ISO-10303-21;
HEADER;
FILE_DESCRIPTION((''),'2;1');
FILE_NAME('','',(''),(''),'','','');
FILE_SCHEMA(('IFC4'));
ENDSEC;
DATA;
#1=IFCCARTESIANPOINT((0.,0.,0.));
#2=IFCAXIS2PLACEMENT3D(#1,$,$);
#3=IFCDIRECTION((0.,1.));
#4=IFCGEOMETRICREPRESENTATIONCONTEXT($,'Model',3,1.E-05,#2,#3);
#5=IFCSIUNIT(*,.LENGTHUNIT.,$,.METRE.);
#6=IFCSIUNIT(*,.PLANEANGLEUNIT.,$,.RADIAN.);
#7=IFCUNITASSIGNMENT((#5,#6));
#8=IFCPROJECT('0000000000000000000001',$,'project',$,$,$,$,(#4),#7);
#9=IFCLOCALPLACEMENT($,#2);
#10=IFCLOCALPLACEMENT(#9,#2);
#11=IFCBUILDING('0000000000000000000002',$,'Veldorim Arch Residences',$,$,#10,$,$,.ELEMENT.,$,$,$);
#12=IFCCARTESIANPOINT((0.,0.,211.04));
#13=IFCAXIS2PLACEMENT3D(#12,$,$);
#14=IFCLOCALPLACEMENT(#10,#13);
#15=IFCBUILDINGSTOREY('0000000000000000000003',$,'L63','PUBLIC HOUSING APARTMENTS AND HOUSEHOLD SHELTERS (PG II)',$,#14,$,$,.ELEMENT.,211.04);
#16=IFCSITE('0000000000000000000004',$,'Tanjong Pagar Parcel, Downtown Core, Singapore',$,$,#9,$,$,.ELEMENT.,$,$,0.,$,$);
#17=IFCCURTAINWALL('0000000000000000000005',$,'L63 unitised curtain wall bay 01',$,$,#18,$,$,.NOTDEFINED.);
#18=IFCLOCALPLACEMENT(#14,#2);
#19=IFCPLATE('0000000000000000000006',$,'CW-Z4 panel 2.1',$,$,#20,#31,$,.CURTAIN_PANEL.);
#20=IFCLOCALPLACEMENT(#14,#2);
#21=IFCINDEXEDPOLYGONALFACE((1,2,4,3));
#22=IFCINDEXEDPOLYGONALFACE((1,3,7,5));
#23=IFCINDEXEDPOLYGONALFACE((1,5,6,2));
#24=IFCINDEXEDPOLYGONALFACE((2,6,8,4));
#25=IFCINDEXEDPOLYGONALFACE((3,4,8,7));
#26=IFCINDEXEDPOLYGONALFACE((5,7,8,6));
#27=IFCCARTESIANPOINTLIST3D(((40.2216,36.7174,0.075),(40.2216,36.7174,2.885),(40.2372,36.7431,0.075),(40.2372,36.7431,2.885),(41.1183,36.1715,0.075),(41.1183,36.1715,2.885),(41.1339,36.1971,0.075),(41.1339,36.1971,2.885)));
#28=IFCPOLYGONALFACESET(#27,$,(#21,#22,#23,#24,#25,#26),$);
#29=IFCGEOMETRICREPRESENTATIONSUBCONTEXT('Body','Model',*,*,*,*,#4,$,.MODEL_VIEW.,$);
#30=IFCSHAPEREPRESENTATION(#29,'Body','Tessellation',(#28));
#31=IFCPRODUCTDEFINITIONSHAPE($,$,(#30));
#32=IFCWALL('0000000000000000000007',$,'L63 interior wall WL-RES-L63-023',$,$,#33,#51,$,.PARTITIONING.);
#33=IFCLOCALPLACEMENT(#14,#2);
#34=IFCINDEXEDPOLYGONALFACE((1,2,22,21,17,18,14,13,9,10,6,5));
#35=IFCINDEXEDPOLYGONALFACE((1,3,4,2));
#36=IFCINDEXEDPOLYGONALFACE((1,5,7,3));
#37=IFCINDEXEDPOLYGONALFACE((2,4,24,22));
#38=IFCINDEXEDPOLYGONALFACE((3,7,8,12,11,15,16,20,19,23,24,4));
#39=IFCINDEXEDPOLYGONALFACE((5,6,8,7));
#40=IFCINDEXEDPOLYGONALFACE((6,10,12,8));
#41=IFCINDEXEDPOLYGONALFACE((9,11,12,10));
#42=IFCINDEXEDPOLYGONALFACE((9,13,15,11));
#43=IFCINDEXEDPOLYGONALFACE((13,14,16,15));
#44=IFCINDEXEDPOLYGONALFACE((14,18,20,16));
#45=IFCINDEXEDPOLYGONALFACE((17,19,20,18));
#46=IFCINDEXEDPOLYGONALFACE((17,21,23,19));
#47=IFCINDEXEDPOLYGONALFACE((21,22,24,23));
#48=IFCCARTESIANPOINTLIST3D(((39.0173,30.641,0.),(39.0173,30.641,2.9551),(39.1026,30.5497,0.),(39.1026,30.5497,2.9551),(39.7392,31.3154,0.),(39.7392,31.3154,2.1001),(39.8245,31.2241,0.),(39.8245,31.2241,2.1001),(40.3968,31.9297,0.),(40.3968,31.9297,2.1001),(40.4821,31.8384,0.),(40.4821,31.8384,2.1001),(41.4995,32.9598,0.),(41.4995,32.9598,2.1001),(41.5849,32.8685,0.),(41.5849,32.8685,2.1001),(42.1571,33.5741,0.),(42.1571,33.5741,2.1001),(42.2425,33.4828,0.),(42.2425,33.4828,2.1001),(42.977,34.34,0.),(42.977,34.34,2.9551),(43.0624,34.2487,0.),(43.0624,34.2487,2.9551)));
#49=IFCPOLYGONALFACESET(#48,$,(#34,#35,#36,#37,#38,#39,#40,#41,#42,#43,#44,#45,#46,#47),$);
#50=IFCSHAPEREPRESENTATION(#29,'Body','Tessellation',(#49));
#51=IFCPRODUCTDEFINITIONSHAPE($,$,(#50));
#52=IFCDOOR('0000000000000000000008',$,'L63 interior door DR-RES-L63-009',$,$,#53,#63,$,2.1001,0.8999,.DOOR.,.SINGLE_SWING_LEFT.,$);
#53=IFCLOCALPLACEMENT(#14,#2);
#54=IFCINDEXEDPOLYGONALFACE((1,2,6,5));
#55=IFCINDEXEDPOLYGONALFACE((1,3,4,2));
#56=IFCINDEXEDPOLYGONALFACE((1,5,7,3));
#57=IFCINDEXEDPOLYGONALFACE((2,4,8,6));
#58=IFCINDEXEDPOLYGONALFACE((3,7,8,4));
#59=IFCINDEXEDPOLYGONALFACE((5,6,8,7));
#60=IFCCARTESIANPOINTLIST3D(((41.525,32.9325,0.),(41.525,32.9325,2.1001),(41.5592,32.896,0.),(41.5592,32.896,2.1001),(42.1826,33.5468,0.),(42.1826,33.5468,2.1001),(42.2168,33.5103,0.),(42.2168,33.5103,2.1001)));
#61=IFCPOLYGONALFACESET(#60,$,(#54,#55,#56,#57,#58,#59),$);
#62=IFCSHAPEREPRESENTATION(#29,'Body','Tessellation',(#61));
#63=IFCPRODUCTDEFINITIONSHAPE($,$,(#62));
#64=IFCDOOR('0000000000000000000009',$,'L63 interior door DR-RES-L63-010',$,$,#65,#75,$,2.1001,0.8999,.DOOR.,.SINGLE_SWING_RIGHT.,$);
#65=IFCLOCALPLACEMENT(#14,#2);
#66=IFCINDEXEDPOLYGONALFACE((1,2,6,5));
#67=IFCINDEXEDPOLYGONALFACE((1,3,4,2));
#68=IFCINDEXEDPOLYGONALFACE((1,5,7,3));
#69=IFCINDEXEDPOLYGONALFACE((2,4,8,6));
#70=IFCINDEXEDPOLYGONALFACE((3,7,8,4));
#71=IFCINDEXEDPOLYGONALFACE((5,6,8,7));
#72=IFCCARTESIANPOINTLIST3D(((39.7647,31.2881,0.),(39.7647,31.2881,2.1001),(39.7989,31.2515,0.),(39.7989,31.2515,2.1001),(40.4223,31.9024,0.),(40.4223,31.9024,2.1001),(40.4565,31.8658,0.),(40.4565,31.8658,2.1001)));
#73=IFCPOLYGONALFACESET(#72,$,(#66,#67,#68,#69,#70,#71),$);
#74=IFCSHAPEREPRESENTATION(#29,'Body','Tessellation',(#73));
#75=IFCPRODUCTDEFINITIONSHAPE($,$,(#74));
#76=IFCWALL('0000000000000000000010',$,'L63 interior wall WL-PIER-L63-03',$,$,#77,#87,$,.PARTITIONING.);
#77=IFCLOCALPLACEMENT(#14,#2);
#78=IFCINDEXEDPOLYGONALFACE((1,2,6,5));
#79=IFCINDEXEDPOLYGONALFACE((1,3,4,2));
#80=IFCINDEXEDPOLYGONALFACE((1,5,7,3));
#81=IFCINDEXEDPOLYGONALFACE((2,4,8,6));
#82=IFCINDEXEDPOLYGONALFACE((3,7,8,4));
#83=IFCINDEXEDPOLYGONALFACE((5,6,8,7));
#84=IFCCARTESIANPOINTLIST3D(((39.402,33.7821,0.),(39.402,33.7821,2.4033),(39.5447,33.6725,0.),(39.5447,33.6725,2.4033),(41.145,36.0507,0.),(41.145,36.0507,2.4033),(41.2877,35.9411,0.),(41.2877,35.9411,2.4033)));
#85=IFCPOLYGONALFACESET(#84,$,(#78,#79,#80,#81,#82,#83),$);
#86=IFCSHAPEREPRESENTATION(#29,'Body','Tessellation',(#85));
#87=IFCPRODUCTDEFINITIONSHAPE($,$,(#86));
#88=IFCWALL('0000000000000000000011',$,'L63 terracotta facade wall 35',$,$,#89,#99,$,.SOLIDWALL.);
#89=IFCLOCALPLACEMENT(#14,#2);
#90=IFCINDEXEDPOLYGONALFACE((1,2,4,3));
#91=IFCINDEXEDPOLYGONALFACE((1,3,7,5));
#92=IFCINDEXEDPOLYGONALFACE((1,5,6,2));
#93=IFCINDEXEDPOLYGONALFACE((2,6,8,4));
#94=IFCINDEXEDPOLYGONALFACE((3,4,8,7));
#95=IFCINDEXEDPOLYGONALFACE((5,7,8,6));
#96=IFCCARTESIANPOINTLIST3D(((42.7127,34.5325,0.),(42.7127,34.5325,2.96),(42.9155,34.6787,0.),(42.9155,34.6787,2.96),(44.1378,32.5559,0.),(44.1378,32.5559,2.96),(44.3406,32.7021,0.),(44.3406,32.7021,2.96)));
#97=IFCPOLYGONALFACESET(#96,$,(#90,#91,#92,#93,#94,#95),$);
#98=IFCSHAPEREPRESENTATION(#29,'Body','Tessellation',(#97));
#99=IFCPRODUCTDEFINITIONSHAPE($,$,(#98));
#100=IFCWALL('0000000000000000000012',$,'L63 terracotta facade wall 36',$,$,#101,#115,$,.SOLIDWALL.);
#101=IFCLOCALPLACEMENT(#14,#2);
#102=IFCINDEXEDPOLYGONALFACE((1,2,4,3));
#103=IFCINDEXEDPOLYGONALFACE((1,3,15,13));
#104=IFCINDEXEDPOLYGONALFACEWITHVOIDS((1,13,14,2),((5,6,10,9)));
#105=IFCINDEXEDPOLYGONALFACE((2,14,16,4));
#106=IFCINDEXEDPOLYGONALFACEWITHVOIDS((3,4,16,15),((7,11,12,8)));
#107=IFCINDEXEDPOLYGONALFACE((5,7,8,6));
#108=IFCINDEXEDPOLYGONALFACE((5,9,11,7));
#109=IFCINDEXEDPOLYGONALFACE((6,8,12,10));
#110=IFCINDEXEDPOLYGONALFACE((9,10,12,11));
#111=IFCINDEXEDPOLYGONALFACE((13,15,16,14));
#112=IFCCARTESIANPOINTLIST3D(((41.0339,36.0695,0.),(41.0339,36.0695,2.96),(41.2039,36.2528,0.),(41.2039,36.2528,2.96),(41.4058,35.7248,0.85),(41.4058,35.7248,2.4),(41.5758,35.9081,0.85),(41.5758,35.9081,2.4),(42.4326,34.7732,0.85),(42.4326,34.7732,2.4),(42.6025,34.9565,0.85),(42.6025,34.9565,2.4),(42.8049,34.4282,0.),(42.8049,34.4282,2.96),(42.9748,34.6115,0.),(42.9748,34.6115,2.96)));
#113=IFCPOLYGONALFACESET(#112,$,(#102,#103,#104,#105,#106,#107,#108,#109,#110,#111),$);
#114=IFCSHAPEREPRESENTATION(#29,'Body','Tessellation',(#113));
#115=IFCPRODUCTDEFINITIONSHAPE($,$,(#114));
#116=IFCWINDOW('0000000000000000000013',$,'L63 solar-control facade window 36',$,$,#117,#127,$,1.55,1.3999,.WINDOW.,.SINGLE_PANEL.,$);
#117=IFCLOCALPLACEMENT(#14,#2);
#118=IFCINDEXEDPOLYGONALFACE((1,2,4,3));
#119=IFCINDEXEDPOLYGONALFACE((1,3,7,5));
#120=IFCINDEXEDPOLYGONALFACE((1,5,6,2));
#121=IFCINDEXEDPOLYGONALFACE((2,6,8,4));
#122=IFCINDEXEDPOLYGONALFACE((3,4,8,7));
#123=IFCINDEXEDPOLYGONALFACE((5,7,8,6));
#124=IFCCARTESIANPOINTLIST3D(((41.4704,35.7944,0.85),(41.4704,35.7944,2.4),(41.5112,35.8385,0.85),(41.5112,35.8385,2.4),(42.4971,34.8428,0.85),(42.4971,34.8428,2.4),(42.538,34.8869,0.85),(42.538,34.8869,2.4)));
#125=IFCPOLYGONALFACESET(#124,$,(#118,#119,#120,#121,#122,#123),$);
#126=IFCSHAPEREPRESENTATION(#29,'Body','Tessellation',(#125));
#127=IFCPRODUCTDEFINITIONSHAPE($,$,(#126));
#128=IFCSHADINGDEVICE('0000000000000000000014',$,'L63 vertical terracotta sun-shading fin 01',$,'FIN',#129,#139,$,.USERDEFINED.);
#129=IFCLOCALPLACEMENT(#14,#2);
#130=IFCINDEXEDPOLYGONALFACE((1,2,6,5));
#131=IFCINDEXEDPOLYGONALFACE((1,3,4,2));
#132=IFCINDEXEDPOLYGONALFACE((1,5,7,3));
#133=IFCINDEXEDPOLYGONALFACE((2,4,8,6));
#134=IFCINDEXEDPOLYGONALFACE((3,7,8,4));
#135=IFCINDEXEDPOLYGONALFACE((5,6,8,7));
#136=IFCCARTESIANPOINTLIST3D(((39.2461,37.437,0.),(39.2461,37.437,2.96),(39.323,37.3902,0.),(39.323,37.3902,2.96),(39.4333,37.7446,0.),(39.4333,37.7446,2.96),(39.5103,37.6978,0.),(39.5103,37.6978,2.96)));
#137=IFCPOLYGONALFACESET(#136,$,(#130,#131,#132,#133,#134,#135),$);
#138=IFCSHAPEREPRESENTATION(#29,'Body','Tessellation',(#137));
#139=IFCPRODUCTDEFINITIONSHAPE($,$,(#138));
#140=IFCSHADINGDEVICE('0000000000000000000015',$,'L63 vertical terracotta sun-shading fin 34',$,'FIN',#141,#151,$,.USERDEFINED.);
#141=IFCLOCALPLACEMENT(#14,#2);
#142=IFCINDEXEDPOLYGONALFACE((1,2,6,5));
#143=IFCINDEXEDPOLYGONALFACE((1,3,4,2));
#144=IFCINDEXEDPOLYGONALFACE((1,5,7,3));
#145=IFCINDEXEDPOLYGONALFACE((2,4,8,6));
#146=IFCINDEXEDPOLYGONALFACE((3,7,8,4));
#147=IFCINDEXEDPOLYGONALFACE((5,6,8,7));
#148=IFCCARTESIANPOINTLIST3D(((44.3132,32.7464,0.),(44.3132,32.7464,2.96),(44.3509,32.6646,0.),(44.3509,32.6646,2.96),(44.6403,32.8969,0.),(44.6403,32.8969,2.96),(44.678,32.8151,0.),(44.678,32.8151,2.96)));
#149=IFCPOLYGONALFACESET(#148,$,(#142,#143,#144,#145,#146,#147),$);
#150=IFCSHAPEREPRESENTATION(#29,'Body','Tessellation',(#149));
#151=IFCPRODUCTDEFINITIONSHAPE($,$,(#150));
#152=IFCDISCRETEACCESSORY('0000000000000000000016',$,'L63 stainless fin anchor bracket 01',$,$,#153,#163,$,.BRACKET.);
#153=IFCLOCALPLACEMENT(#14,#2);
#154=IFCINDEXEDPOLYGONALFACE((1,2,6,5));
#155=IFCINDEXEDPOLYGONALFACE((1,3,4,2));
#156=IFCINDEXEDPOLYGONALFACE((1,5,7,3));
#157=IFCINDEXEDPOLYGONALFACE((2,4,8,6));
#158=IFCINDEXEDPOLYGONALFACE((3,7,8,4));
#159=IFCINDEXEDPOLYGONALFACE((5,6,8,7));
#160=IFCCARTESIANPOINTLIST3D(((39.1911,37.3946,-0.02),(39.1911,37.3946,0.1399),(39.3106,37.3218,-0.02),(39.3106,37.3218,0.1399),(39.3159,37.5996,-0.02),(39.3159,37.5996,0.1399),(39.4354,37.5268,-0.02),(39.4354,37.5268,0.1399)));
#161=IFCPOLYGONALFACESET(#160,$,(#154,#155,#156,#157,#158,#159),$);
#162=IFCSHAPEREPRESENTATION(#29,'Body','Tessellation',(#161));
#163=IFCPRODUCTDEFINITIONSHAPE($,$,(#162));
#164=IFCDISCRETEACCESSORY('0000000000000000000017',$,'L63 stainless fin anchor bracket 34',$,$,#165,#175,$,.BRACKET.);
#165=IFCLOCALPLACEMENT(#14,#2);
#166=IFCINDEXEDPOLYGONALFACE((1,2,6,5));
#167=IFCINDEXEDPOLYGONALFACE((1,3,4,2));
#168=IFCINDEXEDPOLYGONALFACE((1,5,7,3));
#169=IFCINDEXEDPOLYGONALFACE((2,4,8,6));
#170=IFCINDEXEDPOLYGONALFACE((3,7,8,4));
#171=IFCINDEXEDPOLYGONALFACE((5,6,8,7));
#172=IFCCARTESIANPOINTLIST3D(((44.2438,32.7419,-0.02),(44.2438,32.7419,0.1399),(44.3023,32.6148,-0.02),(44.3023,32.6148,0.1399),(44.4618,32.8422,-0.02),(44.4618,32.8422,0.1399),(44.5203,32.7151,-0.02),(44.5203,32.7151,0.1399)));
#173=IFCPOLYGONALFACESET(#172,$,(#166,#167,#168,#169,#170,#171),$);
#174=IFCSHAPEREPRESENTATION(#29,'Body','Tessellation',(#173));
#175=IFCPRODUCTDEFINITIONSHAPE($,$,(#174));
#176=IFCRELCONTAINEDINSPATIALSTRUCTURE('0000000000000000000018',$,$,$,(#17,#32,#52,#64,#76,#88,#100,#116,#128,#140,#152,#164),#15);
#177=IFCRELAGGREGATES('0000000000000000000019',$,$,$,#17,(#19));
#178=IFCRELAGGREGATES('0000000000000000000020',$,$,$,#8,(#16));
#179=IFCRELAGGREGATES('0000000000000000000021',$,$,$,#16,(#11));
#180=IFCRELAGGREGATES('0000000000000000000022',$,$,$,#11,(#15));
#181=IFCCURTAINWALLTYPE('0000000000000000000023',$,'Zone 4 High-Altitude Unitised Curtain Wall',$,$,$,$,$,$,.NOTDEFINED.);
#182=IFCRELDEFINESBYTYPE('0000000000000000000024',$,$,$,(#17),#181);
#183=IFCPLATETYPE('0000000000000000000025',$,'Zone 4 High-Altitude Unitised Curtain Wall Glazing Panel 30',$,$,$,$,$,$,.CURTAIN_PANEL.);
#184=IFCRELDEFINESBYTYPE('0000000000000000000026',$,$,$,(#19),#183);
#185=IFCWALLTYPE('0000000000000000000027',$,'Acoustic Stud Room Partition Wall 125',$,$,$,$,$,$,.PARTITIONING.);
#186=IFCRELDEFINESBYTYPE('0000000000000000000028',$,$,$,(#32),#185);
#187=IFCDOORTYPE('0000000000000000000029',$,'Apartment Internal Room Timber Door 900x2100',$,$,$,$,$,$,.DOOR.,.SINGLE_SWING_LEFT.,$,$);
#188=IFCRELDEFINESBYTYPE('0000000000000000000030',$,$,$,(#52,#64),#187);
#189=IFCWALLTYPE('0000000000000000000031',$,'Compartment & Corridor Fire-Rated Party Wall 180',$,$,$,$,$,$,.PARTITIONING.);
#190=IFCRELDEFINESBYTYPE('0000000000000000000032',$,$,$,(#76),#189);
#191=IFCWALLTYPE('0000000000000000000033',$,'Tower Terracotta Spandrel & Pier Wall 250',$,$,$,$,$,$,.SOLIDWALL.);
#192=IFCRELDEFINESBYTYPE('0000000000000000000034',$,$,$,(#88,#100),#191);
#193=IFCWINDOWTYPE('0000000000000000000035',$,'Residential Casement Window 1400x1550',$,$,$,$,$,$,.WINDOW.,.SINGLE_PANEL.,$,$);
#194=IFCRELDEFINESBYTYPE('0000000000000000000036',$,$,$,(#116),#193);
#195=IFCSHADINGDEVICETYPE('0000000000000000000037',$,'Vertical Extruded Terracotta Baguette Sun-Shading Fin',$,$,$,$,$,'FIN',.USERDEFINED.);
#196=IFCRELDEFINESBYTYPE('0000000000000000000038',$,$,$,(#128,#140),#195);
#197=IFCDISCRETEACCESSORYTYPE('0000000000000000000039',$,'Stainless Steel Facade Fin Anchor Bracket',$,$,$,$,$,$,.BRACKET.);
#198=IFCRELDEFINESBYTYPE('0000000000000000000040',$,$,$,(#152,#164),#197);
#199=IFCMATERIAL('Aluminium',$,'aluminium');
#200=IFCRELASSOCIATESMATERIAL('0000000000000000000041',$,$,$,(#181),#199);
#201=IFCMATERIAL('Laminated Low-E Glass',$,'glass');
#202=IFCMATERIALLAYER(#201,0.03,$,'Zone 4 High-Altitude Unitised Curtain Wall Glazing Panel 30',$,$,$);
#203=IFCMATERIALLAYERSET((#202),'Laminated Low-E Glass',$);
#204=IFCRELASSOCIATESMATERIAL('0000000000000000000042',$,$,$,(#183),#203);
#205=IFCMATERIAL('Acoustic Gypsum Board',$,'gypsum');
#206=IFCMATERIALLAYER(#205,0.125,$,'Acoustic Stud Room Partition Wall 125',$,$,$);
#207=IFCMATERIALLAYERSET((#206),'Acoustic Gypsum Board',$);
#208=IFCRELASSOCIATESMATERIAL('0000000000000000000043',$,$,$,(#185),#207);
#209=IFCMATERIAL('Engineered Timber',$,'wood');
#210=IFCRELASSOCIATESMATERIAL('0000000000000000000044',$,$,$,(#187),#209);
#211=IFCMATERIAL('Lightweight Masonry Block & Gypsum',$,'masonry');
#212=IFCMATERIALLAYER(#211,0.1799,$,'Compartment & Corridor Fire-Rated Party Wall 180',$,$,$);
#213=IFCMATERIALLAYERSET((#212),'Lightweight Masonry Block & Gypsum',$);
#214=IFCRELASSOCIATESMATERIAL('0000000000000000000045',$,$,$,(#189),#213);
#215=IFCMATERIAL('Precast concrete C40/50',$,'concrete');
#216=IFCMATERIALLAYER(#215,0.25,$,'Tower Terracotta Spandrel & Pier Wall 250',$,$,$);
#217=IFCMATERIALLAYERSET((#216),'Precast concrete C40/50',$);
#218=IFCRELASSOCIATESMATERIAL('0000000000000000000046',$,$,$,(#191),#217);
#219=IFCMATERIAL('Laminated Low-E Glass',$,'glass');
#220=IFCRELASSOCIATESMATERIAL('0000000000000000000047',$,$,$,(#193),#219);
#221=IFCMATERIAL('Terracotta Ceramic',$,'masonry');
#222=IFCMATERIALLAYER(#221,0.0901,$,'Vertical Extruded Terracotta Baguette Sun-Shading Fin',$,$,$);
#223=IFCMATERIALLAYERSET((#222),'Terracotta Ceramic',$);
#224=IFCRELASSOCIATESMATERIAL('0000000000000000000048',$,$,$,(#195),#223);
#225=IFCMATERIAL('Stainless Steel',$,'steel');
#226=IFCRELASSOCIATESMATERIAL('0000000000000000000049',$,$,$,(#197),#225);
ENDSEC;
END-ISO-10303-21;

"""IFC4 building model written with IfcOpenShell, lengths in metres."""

from ifc_helpers import new_model, si_unit, direction, frame, frame_2d, origin, origin_2d, place, context, subcontext, project, spatial, rectangle, extrude, material, layer, layer_set, type_object, element, fill, aggregate, save


model = new_model("IFC4")

# Units and contexts
model_context = context("Model", 3, precision=1e-05, world=origin(), true_north=direction((0.0, 1.0)))
body_context = subcontext(model_context, "Body", "Model", "MODEL_VIEW")
ifc_project = project(units=[si_unit("LENGTHUNIT", "METRE"), si_unit("PLANEANGLEUNIT", "RADIAN")], contexts=[model_context])

# Site, building, storey
site_placement = place(None, origin())
site = spatial("IfcSite", under=ifc_project, at=site_placement, Name="Tanjong Pagar Parcel, Downtown Core, Singapore", CompositionType="ELEMENT", RefElevation=0.0)
building_placement = place(site_placement, origin())
building = spatial("IfcBuilding", under=site, at=building_placement, Name="Veldorim Arch Residences", CompositionType="ELEMENT")
storey_placement = place(building_placement, frame((0.0, 0.0, 211.04)))
storey = spatial("IfcBuildingStorey", under=building, at=storey_placement, Name="L63", Description="PUBLIC HOUSING APARTMENTS AND HOUSEHOLD SHELTERS (PG II)", CompositionType="ELEMENT", Elevation=211.04)

# Curtain wall
ifc_material_1 = material(Name="Aluminium", Category="aluminium")
curtain_wall_type = type_object("IfcCurtainWallType", Name="Zone 4 High-Altitude Unitised Curtain Wall", PredefinedType="NOTDEFINED", material=ifc_material_1)
curtain_wall_1_placement = place(storey_placement, origin())
curtain_wall_1 = element("IfcCurtainWall", 1, at=curtain_wall_1_placement, inside=storey, type_object=curtain_wall_type, Name="L63 unitised curtain wall bay 01", PredefinedType="NOTDEFINED")

# Plate
ifc_material_2 = material(Name="Laminated Low-E Glass", Category="glass")
ifc_layer_1 = layer(ifc_material_2, 0.03, Name="Zone 4 High-Altitude Unitised Curtain Wall Glazing Panel 30")
ifc_layer_set_1 = layer_set([ifc_layer_1], Name="Laminated Low-E Glass")
plate_type = type_object("IfcPlateType", Name="Zone 4 High-Altitude Unitised Curtain Wall Glazing Panel 30", PredefinedType="CURTAIN_PANEL", material=ifc_layer_set_1)
plate_1_placement = place(storey_placement, frame((40.6777, 36.4573, 0.075), z_axis=(0.0, 0.0, 1.0), x_axis=(0.854146, -0.520033, 0.0)))
plate_1 = element("IfcPlate", 2, at=plate_1_placement, type_object=plate_type, Name="CW-Z4 panel 2.1", PredefinedType="CURTAIN_PANEL", context=body_context, shape_type="SweptSolid", body=[
    extrude(rectangle(XDim=1.0498, YDim=0.03, at=origin_2d()), origin(), (0.0, 0.0, 1.0), 2.8101),
])
aggregate(curtain_wall_1, [plate_1])

# Wall, openings, doors
ifc_material_3 = material(Name="Acoustic Gypsum Board", Category="gypsum")
ifc_layer_2 = layer(ifc_material_3, 0.125, Name="Acoustic Stud Room Partition Wall 125")
ifc_layer_set_2 = layer_set([ifc_layer_2], Name="Acoustic Gypsum Board")
wall_type_1 = type_object("IfcWallType", Name="Acoustic Stud Room Partition Wall 125", PredefinedType="PARTITIONING", material=ifc_layer_set_2)
wall_1_placement = place(storey_placement, frame((43.0198, 34.2944, 0.0), z_axis=(0.0, 0.0, 1.0), x_axis=(-0.730757, -0.682638, 0.0)))
wall_1 = element("IfcWall", 3, at=wall_1_placement, inside=storey, type_object=wall_type_1, Name="L63 interior wall WL-RES-L63-023", PredefinedType="PARTITIONING", context=body_context, shape_type="SweptSolid", body=[
    extrude(rectangle(XDim=5.4187, YDim=0.125, at=frame_2d((2.7095, 0.0))), origin(), (0.0, 0.0, 1.0), 2.9551),
])
opening_1_placement = place(wall_1_placement, frame((1.1221, 0.0, 0.0)))
opening_1 = element("IfcOpeningElement", 4, at=opening_1_placement, cuts=wall_1, PredefinedType="OPENING", context=body_context, shape_type="SweptSolid", body=[
    extrude(rectangle(XDim=0.8999, YDim=2.1001, at=frame_2d((0.45, 1.05))), frame((0.0, 0.0725, 0.0), z_axis=(0.0, -1.0, 0.0), x_axis=(1.0, 0.0, 0.0)), (0.0, 0.0, 1.0), 0.145),
])
opening_2_placement = place(wall_1_placement, frame((3.531, 0.0, 0.0)))
opening_2 = element("IfcOpeningElement", 5, at=opening_2_placement, cuts=wall_1, PredefinedType="OPENING", context=body_context, shape_type="SweptSolid", body=[
    extrude(rectangle(XDim=0.8999, YDim=2.1001, at=frame_2d((0.45, 1.05))), frame((0.0, 0.0725, 0.0), z_axis=(0.0, -1.0, 0.0), x_axis=(1.0, 0.0, 0.0)), (0.0, 0.0, 1.0), 0.145),
])
ifc_material_4 = material(Name="Engineered Timber", Category="wood")
door_type = type_object("IfcDoorType", Name="Apartment Internal Room Timber Door 900x2100", OperationType="SINGLE_SWING_LEFT", PredefinedType="DOOR", material=ifc_material_4)
door_1_placement = place(opening_1_placement, origin())
door_1 = element("IfcDoor", 6, at=door_1_placement, inside=storey, type_object=door_type, Name="L63 interior door DR-RES-L63-009", OperationType="SINGLE_SWING_LEFT", OverallHeight=2.1001, OverallWidth=0.8999, PredefinedType="DOOR", context=body_context, shape_type="SweptSolid", body=[
    extrude(rectangle(XDim=0.8999, YDim=2.1001, at=frame_2d((0.45, 1.05))), frame((0.0, 0.0249, 0.0), z_axis=(0.0, -1.0, 0.0), x_axis=(1.0, 0.0, 0.0)), (0.0, 0.0, 1.0), 0.05),
])
fill(opening_1, door_1)
door_2_placement = place(opening_2_placement, origin())
door_2 = element("IfcDoor", 7, at=door_2_placement, inside=storey, type_object=door_type, Name="L63 interior door DR-RES-L63-010", OperationType="SINGLE_SWING_RIGHT", OverallHeight=2.1001, OverallWidth=0.8999, PredefinedType="DOOR", context=body_context, shape_type="SweptSolid", body=[
    extrude(rectangle(XDim=0.8999, YDim=2.1001, at=frame_2d((0.45, 1.05))), frame((0.0, 0.0249, 0.0), z_axis=(0.0, -1.0, 0.0), x_axis=(1.0, 0.0, 0.0)), (0.0, 0.0, 1.0), 0.05),
])
fill(opening_2, door_2)

# Walls
ifc_material_5 = material(Name="Lightweight Masonry Block & Gypsum", Category="masonry")
ifc_layer_3 = layer(ifc_material_5, 0.1799, Name="Compartment & Corridor Fire-Rated Party Wall 180")
ifc_layer_set_3 = layer_set([ifc_layer_3], Name="Lightweight Masonry Block & Gypsum")
wall_type_2 = type_object("IfcWallType", Name="Compartment & Corridor Fire-Rated Party Wall 180", PredefinedType="PARTITIONING", material=ifc_layer_set_3)
wall_2_placement = place(storey_placement, frame((39.4734, 33.7273, 0.0), z_axis=(0.0, 0.0, 1.0), x_axis=(0.609245, 0.792982, 0.0)))
element("IfcWall", 8, at=wall_2_placement, inside=storey, type_object=wall_type_2, Name="L63 interior wall WL-PIER-L63-03", PredefinedType="PARTITIONING", context=body_context, shape_type="SweptSolid", body=[
    extrude(rectangle(XDim=2.8608, YDim=0.1799, at=frame_2d((1.4304, 0.0))), origin(), (0.0, 0.0, 1.0), 2.4033),
])
ifc_material_6 = material(Name="Precast concrete C40/50", Category="concrete")
ifc_layer_4 = layer(ifc_material_6, 0.25, Name="Tower Terracotta Spandrel & Pier Wall 250")
ifc_layer_set_4 = layer_set([ifc_layer_4], Name="Precast concrete C40/50")
wall_type_3 = type_object("IfcWallType", Name="Tower Terracotta Spandrel & Pier Wall 250", PredefinedType="SOLIDWALL", material=ifc_layer_set_4)
wall_3_placement = place(storey_placement, frame((42.8142, 34.6055, 0.0), z_axis=(0.0, 0.0, 1.0), x_axis=(0.584825, -0.81116, 0.0)))
element("IfcWall", 9, at=wall_3_placement, inside=storey, type_object=wall_type_3, Name="L63 terracotta facade wall 35", PredefinedType="SOLIDWALL", context=body_context, shape_type="SweptSolid", body=[
    extrude(rectangle(XDim=2.4368, YDim=0.25, at=frame_2d((1.2183, 0.0))), origin(), (0.0, 0.0, 1.0), 2.96),
])

# Wall, opening, window
wall_4_placement = place(storey_placement, frame((41.1189, 36.1611, 0.0), z_axis=(0.0, 0.0, 1.0), x_axis=(0.733441, -0.679753, 0.0)))
wall_4 = element("IfcWall", 10, at=wall_4_placement, inside=storey, type_object=wall_type_3, Name="L63 terracotta facade wall 36", PredefinedType="SOLIDWALL", context=body_context, shape_type="SweptSolid", body=[
    extrude(rectangle(XDim=2.4146, YDim=0.25, at=frame_2d((1.2073, 0.0))), origin(), (0.0, 0.0, 1.0), 2.96),
])
opening_3_placement = place(wall_4_placement, frame((0.5071, 0.0, 0.8501)))
opening_3 = element("IfcOpeningElement", 11, at=opening_3_placement, cuts=wall_4, PredefinedType="OPENING", context=body_context, shape_type="SweptSolid", body=[
    extrude(rectangle(XDim=1.3999, YDim=1.55, at=frame_2d((0.7, 0.7749))), frame((0.0, 0.135, 0.0), z_axis=(0.0, -1.0, 0.0), x_axis=(1.0, 0.0, 0.0)), (0.0, 0.0, 1.0), 0.27),
])
ifc_material_7 = material(Name="Laminated Low-E Glass", Category="glass")
window_type = type_object("IfcWindowType", Name="Residential Casement Window 1400x1550", PartitioningType="SINGLE_PANEL", PredefinedType="WINDOW", material=ifc_material_7)
window_placement = place(opening_3_placement, origin())
window = element("IfcWindow", 12, at=window_placement, inside=storey, type_object=window_type, Name="L63 solar-control facade window 36", OverallHeight=1.55, OverallWidth=1.3999, PartitioningType="SINGLE_PANEL", PredefinedType="WINDOW", context=body_context, shape_type="SweptSolid", body=[
    extrude(rectangle(XDim=1.3999, YDim=1.55, at=frame_2d((0.7, 0.7749))), frame((0.0, 0.03, 0.0), z_axis=(0.0, -1.0, 0.0), x_axis=(1.0, 0.0, 0.0)), (0.0, 0.0, 1.0), 0.0601),
])
fill(opening_3, window)

# Shading devices
ifc_material_8 = material(Name="Terracotta Ceramic", Category="masonry")
ifc_layer_5 = layer(ifc_material_8, 0.0901, Name="Vertical Extruded Terracotta Baguette Sun-Shading Fin")
ifc_layer_set_5 = layer_set([ifc_layer_5], Name="Terracotta Ceramic")
shading_device_type = type_object("IfcShadingDeviceType", Name="Vertical Extruded Terracotta Baguette Sun-Shading Fin", ElementType="FIN", PredefinedType="USERDEFINED", material=ifc_layer_set_5)
for number, where, z_axis, x_axis, name in (
    (13, (39.3782, 37.5674, 0.0), (0.0, 0.0, 1.0), (0.854187, -0.519966, 0.0), "L63 vertical terracotta sun-shading fin 01"),
    (14, (44.4956, 32.7808, 0.0), (0.0, 0.0, 1.0), (0.418026, -0.908435, 0.0), "L63 vertical terracotta sun-shading fin 34"),
):
    element("IfcShadingDevice", number, at=place(storey_placement, frame(where, z_axis=z_axis, x_axis=x_axis)), inside=storey, type_object=shading_device_type, Name=name, ObjectType="FIN", PredefinedType="USERDEFINED", context=body_context, shape_type="SweptSolid", body=[
        extrude(rectangle(XDim=0.0901, YDim=0.3601, at=origin_2d()), origin(), (0.0, 0.0, 1.0), 2.96),
    ])

# Discrete accessories
ifc_material_9 = material(Name="Stainless Steel", Category="steel")
discrete_accessory_type = type_object("IfcDiscreteAccessoryType", Name="Stainless Steel Facade Fin Anchor Bracket", PredefinedType="BRACKET", material=ifc_material_9)
for number, where, z_axis, x_axis, name in (
    (15, (39.3132, 37.4607, -0.02), (0.0, 0.0, 1.0), (0.854187, -0.519966, 0.0), "L63 stainless fin anchor bracket 01"),
    (16, (44.3821, 32.7285, -0.02), (0.0, 0.0, 1.0), (0.418026, -0.908435, 0.0), "L63 stainless fin anchor bracket 34"),
):
    element("IfcDiscreteAccessory", number, at=place(storey_placement, frame(where, z_axis=z_axis, x_axis=x_axis)), inside=storey, type_object=discrete_accessory_type, Name=name, PredefinedType="BRACKET", context=body_context, shape_type="SweptSolid", body=[
        extrude(rectangle(XDim=0.1399, YDim=0.24, at=origin_2d()), origin(), (0.0, 0.0, 1.0), 0.1599),
    ])

save(model, "model.ifc")
